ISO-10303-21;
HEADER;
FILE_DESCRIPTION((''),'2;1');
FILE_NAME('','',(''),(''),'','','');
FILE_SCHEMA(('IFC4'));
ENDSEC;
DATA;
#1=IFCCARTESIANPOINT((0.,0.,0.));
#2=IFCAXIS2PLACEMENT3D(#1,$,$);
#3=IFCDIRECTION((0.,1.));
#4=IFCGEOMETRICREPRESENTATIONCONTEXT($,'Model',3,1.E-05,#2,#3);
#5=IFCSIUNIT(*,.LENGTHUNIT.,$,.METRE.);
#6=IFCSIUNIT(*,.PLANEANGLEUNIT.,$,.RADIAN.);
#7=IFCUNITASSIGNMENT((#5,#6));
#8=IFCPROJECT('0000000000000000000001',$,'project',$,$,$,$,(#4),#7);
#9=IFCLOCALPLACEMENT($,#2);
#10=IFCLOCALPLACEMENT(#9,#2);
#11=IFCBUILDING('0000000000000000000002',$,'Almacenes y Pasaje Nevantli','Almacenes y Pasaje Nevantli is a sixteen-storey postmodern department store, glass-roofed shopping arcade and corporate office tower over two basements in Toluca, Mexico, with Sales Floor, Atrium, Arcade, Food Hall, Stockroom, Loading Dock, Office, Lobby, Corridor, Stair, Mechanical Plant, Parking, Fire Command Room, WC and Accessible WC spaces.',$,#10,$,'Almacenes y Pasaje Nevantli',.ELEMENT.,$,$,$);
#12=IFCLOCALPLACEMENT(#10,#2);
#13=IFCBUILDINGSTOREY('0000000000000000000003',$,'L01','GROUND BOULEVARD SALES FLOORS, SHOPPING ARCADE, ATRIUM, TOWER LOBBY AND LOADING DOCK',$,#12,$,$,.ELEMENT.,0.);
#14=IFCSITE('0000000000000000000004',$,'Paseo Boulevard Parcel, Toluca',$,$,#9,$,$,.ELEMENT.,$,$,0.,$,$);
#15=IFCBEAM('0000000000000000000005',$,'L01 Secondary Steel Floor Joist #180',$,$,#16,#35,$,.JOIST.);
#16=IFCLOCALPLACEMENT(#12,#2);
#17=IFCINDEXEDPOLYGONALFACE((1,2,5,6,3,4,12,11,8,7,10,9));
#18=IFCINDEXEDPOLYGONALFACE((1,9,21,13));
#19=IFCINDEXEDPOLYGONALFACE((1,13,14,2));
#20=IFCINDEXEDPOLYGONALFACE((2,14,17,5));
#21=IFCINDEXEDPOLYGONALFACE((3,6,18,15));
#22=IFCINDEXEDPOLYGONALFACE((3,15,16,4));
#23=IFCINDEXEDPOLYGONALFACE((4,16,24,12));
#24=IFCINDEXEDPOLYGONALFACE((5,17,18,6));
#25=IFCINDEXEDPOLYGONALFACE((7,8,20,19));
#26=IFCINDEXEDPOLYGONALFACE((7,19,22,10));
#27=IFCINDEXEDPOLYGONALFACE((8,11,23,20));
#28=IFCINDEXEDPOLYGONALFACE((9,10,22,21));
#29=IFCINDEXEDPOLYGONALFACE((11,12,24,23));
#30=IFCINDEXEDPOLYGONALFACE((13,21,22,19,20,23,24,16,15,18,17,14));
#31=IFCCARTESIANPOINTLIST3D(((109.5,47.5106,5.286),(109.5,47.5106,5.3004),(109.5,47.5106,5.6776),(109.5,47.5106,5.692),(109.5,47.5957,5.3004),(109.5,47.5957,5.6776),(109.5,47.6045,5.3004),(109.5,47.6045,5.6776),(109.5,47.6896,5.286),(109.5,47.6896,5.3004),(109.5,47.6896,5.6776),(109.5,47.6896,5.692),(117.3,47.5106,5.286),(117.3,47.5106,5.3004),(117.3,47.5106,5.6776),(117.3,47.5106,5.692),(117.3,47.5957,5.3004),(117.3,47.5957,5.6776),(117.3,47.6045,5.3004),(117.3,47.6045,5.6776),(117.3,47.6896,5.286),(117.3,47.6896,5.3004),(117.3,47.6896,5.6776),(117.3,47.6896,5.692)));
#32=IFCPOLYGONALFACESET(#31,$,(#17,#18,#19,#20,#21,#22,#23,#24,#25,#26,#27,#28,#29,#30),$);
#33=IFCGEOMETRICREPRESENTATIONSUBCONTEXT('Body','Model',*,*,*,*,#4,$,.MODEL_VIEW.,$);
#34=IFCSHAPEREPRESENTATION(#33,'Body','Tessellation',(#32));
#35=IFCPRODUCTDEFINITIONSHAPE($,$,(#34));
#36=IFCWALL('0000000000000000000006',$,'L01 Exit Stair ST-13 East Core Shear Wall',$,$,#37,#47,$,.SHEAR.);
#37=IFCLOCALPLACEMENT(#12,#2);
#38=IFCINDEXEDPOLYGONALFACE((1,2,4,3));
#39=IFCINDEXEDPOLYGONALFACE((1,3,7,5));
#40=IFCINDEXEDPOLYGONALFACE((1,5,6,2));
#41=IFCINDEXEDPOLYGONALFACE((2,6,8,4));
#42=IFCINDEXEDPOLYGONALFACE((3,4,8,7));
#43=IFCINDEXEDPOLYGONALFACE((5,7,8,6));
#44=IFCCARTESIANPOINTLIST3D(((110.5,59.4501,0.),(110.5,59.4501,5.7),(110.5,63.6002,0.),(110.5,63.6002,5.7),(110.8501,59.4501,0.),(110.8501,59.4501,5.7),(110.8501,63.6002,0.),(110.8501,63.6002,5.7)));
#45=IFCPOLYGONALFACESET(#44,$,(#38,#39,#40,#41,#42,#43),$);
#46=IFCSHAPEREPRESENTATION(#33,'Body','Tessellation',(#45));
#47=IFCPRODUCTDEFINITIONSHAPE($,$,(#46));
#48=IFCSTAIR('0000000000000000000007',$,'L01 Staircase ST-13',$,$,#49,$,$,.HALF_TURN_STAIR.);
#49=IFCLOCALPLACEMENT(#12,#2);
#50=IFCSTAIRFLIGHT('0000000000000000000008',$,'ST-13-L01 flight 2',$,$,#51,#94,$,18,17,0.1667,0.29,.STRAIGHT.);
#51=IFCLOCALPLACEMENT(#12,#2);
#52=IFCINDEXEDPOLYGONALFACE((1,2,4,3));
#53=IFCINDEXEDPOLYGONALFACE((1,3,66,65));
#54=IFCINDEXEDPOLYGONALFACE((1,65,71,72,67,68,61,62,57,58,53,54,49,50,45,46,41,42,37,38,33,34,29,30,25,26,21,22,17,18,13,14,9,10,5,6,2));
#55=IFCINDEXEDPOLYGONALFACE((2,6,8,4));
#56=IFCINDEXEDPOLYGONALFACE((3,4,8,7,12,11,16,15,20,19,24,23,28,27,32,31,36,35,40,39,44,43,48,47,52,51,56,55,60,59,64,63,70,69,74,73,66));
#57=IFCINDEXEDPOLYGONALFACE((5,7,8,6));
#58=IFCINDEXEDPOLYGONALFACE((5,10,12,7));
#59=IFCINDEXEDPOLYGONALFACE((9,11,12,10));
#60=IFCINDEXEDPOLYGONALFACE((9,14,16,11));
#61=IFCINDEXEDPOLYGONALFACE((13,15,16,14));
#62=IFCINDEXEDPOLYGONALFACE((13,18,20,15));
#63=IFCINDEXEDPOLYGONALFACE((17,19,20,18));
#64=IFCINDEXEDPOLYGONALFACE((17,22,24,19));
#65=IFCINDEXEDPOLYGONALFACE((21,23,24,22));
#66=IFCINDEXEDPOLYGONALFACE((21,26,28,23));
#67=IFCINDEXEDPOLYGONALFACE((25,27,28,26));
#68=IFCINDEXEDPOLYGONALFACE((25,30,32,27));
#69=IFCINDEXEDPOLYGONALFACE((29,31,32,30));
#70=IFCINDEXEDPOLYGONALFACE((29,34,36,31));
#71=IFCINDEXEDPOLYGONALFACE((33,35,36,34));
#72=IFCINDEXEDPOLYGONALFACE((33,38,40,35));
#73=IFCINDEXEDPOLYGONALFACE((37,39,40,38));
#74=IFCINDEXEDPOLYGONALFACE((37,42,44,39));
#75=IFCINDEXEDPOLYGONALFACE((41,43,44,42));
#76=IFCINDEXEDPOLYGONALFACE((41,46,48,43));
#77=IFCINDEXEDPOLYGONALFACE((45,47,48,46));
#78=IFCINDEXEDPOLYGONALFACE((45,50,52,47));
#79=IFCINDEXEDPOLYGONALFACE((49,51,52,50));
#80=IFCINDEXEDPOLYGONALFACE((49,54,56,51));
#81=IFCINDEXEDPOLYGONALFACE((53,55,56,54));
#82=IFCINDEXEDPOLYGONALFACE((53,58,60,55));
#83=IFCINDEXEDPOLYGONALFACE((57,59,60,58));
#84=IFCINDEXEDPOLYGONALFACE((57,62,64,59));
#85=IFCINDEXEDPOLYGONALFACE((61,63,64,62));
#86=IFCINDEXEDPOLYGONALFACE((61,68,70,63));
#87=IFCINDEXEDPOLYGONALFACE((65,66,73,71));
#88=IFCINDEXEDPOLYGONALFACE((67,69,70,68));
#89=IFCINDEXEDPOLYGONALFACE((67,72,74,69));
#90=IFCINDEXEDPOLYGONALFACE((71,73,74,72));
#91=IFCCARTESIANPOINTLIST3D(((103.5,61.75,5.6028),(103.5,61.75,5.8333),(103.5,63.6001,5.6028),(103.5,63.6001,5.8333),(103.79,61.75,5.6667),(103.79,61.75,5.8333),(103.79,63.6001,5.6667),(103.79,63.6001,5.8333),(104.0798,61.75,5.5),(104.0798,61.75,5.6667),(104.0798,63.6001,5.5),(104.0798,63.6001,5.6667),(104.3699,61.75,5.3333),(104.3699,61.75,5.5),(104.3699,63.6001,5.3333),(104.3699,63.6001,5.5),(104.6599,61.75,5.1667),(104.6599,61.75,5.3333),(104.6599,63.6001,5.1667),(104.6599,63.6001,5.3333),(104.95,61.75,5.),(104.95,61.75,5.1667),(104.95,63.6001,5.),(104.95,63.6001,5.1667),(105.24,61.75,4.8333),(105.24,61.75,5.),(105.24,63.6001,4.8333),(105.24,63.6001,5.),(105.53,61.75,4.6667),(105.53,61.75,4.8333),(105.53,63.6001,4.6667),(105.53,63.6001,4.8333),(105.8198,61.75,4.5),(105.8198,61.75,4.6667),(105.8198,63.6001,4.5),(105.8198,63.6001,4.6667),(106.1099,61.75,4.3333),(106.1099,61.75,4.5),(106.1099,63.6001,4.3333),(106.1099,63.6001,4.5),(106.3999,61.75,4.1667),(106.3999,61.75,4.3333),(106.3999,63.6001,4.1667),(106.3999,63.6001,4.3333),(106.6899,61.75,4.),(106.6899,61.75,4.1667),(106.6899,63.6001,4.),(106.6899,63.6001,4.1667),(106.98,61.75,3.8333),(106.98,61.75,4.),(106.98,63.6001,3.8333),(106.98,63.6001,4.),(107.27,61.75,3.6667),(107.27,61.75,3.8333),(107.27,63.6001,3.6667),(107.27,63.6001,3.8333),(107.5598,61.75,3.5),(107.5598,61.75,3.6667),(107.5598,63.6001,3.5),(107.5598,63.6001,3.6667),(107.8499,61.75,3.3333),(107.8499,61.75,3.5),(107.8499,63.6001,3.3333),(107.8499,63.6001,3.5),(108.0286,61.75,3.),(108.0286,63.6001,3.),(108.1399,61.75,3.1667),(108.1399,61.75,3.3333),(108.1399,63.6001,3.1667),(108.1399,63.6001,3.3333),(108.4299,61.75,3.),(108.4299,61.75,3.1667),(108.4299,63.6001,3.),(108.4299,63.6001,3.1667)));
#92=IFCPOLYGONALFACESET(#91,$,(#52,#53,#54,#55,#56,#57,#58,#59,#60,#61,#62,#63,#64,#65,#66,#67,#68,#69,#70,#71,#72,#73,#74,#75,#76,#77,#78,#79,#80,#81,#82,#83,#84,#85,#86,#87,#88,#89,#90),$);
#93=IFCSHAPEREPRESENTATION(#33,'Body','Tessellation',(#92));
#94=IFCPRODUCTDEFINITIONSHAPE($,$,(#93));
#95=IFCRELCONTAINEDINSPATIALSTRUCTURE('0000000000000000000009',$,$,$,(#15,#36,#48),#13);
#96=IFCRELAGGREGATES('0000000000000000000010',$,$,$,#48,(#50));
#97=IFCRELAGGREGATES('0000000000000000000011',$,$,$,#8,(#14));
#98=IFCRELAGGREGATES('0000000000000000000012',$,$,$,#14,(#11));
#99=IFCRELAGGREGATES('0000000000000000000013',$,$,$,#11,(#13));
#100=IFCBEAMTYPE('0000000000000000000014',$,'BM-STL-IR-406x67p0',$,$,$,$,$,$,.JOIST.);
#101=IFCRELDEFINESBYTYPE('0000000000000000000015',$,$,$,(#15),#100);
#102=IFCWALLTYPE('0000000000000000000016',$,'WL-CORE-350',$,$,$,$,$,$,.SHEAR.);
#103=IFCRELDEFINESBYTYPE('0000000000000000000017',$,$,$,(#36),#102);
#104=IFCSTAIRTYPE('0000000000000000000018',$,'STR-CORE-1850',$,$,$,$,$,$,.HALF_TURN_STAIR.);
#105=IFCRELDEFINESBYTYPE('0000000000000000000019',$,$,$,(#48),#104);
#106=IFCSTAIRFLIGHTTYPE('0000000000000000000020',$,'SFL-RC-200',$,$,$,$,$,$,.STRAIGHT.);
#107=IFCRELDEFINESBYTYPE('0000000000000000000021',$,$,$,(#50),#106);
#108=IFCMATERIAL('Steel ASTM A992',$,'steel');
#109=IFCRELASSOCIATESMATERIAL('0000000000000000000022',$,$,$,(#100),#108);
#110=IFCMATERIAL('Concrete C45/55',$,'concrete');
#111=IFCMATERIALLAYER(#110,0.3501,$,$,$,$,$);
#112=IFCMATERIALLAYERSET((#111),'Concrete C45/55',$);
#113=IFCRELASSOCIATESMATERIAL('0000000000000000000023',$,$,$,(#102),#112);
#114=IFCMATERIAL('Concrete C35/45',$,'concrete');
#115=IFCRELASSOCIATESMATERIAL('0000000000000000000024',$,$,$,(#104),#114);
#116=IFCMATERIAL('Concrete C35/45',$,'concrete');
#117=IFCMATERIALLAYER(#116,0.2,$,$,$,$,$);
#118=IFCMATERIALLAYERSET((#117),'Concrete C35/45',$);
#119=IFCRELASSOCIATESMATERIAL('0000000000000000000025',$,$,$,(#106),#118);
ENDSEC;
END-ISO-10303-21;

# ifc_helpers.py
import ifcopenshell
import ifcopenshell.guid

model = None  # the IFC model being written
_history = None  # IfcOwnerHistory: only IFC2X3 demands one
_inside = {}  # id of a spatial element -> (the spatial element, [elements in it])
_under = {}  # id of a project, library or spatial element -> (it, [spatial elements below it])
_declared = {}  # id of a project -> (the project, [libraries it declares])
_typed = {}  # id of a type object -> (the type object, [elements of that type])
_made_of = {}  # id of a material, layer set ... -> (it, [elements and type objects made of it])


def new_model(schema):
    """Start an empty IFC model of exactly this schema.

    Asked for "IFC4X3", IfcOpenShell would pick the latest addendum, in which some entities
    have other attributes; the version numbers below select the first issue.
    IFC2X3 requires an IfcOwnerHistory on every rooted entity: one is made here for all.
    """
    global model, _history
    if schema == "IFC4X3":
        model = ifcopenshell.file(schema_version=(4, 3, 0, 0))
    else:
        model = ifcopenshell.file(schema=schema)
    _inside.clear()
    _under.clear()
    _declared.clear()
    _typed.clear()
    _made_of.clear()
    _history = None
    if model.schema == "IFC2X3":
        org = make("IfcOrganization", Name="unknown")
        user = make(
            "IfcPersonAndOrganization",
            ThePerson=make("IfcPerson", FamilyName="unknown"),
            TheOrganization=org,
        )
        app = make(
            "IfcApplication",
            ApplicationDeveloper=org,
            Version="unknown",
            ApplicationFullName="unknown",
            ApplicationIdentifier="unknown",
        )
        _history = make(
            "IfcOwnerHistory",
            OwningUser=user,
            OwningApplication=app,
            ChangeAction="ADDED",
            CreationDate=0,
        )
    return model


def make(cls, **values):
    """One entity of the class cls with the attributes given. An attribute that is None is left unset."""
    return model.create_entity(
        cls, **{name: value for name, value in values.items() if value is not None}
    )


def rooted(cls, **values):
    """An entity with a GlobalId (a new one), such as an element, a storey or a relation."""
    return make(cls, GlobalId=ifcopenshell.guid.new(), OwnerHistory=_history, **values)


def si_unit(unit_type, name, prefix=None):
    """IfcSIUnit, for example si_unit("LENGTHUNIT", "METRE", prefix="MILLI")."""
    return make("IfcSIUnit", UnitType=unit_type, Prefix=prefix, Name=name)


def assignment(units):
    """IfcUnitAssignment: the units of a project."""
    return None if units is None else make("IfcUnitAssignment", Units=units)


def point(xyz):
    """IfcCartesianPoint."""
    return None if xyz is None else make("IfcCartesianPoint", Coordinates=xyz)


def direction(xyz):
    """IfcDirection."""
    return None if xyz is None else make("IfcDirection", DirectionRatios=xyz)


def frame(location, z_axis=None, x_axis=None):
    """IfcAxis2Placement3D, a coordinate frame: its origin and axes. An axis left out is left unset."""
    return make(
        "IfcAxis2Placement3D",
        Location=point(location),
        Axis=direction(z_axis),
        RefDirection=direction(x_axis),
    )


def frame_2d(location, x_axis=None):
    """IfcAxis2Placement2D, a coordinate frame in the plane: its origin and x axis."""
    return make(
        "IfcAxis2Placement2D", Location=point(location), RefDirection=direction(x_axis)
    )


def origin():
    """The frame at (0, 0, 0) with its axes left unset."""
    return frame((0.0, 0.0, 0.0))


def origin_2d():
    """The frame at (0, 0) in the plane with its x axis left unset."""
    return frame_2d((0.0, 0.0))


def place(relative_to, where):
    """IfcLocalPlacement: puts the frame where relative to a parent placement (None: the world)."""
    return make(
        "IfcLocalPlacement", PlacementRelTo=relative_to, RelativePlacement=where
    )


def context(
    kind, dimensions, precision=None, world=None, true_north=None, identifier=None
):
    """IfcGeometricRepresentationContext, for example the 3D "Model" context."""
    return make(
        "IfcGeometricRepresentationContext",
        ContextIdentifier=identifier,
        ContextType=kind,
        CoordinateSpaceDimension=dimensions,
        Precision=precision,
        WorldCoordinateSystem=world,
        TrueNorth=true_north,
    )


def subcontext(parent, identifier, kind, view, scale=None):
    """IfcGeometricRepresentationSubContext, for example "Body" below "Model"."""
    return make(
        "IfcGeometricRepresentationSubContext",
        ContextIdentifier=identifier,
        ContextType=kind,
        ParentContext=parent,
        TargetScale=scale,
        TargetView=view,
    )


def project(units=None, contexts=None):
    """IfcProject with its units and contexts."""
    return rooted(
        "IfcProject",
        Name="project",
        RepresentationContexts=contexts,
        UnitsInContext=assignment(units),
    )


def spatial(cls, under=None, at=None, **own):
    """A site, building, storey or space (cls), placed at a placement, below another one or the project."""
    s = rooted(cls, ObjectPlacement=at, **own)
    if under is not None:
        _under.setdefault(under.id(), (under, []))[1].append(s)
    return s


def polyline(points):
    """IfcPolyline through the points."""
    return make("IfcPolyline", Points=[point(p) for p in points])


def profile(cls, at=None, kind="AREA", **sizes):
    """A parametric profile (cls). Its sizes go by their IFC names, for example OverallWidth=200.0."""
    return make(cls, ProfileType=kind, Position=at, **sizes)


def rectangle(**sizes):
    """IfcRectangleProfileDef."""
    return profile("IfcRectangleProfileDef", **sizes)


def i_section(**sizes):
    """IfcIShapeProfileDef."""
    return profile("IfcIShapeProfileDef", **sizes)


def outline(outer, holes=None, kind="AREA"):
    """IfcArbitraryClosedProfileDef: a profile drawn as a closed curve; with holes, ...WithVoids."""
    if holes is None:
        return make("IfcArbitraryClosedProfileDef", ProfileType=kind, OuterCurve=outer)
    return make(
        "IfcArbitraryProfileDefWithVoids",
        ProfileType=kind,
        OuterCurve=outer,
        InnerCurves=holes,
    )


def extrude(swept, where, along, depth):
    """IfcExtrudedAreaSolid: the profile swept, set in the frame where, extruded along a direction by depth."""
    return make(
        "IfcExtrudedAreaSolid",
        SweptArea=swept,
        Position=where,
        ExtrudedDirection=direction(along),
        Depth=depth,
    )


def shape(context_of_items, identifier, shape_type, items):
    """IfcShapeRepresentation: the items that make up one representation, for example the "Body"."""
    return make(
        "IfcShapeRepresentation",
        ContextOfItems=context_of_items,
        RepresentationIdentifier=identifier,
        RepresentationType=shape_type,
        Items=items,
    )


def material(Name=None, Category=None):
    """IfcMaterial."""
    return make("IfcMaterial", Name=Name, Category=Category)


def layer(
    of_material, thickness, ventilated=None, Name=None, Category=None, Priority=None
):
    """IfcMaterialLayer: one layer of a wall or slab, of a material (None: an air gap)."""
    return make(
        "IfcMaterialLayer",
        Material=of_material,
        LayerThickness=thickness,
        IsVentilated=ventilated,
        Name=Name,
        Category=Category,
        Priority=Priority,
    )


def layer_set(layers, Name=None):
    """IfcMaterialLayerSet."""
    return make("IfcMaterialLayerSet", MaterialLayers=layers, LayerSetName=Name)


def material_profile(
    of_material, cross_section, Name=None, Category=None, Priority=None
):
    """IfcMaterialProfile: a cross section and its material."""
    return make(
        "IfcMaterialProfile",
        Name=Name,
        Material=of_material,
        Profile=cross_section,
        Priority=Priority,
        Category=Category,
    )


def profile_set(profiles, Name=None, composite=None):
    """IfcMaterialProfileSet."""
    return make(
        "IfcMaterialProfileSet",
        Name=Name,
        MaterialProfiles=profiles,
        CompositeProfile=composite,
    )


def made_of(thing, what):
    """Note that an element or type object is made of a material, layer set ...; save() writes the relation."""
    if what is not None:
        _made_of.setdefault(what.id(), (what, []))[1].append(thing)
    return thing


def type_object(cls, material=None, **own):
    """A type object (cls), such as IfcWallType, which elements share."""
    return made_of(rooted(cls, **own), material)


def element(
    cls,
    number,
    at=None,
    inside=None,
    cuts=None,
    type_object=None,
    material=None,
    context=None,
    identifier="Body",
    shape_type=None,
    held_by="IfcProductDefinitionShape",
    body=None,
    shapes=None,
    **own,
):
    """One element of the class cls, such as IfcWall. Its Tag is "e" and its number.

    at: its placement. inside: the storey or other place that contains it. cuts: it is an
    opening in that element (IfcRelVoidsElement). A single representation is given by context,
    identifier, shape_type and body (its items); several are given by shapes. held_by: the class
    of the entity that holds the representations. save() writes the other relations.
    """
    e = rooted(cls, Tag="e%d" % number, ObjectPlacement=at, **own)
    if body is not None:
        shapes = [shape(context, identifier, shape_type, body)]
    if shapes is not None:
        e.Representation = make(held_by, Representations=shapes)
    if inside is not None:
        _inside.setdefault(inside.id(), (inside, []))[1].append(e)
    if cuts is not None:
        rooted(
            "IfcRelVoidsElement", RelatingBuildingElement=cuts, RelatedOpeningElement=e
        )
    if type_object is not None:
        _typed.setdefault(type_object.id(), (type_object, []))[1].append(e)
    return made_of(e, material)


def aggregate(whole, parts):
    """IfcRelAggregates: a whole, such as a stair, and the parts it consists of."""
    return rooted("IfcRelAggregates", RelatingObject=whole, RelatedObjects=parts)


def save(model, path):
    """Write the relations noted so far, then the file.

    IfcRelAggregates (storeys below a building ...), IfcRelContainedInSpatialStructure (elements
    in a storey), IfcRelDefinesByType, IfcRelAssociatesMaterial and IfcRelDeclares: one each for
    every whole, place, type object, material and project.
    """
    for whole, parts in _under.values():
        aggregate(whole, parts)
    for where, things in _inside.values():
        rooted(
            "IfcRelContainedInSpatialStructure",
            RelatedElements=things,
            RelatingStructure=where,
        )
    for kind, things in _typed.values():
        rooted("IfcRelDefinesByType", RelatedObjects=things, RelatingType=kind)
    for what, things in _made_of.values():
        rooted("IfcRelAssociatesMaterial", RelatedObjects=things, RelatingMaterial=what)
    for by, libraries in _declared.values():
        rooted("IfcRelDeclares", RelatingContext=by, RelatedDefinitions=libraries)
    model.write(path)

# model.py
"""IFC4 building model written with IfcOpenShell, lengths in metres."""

from ifc_helpers import new_model, si_unit, direction, frame, frame_2d, origin, origin_2d, place, context, subcontext, project, spatial, polyline, rectangle, i_section, outline, extrude, material, layer, layer_set, material_profile, profile_set, type_object, element, aggregate, save


model = new_model("IFC4")

# Units and contexts
model_context = context("Model", 3, precision=1e-05, world=origin(), true_north=direction((0.0, 1.0)))
body_context = subcontext(model_context, "Body", "Model", "MODEL_VIEW")
ifc_project = project(units=[si_unit("LENGTHUNIT", "METRE"), si_unit("PLANEANGLEUNIT", "RADIAN")], contexts=[model_context])

# Site, building, storey
site_placement = place(None, origin())
site = spatial("IfcSite", under=ifc_project, at=site_placement, Name="Paseo Boulevard Parcel, Toluca", CompositionType="ELEMENT", RefElevation=0.0)
building_placement = place(site_placement, origin())
building = spatial("IfcBuilding", under=site, at=building_placement, Name="Almacenes y Pasaje Nevantli", Description="Almacenes y Pasaje Nevantli is a sixteen-storey postmodern department store, glass-roofed shopping arcade and corporate office tower over two basements in Toluca, Mexico, with Sales Floor, Atrium, Arcade, Food Hall, Stockroom, Loading Dock, Office, Lobby, Corridor, Stair, Mechanical Plant, Parking, Fire Command Room, WC and Accessible WC spaces.", LongName="Almacenes y Pasaje Nevantli", CompositionType="ELEMENT")
storey_placement = place(building_placement, origin())
storey = spatial("IfcBuildingStorey", under=building, at=storey_placement, Name="L01", Description="GROUND BOULEVARD SALES FLOORS, SHOPPING ARCADE, ATRIUM, TOWER LOBBY AND LOADING DOCK", CompositionType="ELEMENT", Elevation=0.0)

# Beam
ifc_material_1 = material(Name="Steel ASTM A992", Category="steel")
ifc_material_profile_1 = material_profile(ifc_material_1, i_section(OverallWidth=0.179, OverallDepth=0.406, WebThickness=0.0088, FlangeThickness=0.0144, at=origin_2d()), Name="IR 406x67.0")
ifc_profile_set_1 = profile_set([ifc_material_profile_1], Name="Steel ASTM A992")
beam_type_1 = type_object("IfcBeamType", Name="BM-STL-IR-406x67p0", PredefinedType="JOIST", material=ifc_profile_set_1)
beam_1_placement = place(storey_placement, frame((109.5, 47.6001, 5.489), z_axis=(1.0, 0.0, 0.0), x_axis=(0.0, 1.0, 0.0)))
element("IfcBeam", 1, at=beam_1_placement, inside=storey, type_object=beam_type_1, Name="L01 Secondary Steel Floor Joist #180", PredefinedType="JOIST", context=body_context, shape_type="SweptSolid", body=[
    extrude(i_section(OverallWidth=0.179, OverallDepth=0.406, WebThickness=0.0088, FlangeThickness=0.0144, at=origin_2d()), origin(), (0.0, 0.0, 1.0), 7.8),
])

# Wall
ifc_material_2 = material(Name="Concrete C45/55", Category="concrete")
ifc_layer_1 = layer(ifc_material_2, 0.3501)
ifc_layer_set_1 = layer_set([ifc_layer_1], Name="Concrete C45/55")
wall_type = type_object("IfcWallType", Name="WL-CORE-350", PredefinedType="SHEAR", material=ifc_layer_set_1)
wall_placement = place(storey_placement, frame((110.675, 59.45, 0.0), z_axis=(0.0, 0.0, 1.0), x_axis=(0.0, 1.0, 0.0)))
element("IfcWall", 2, at=wall_placement, inside=storey, type_object=wall_type, Name="L01 Exit Stair ST-13 East Core Shear Wall", PredefinedType="SHEAR", context=body_context, shape_type="SweptSolid", body=[
    extrude(rectangle(XDim=4.1501, YDim=0.3501, at=frame_2d((2.0752, 0.0))), origin(), (0.0, 0.0, 1.0), 5.7),
])

# Stair, stair flight
ifc_material_3 = material(Name="Concrete C35/45", Category="concrete")
stair_type = type_object("IfcStairType", Name="STR-CORE-1850", PredefinedType="HALF_TURN_STAIR", material=ifc_material_3)
stair_placement = place(storey_placement, origin())
stair = element("IfcStair", 3, at=stair_placement, inside=storey, type_object=stair_type, Name="L01 Staircase ST-13", PredefinedType="HALF_TURN_STAIR")
ifc_material_4 = material(Name="Concrete C35/45", Category="concrete")
ifc_layer_2 = layer(ifc_material_4, 0.2)
ifc_layer_set_2 = layer_set([ifc_layer_2], Name="Concrete C35/45")
stair_flight_type = type_object("IfcStairFlightType", Name="SFL-RC-200", PredefinedType="STRAIGHT", material=ifc_layer_set_2)
stair_flight_placement = place(storey_placement, frame((108.4299, 62.675, 3.0), z_axis=(0.0, 0.0, 1.0), x_axis=(-1.0, 0.0, 0.0)))
stair_flight = element("IfcStairFlight", 4, at=stair_flight_placement, type_object=stair_flight_type, Name="ST-13-L01 flight 2", NumberOfRisers=18, NumberOfTreads=17, PredefinedType="STRAIGHT", RiserHeight=0.1667, TreadLength=0.29, context=body_context, shape_type="SweptSolid", body=[
    extrude(outline(polyline([(0.0, 0.0), (0.0, 0.1667), (0.29, 0.1667), (0.29, 0.3333), (0.5801, 0.3333), (0.5801, 0.5), (0.8701, 0.5), (0.8701, 0.6667), (1.1599, 0.6667), (1.1599, 0.8333), (1.45, 0.8333), (1.45, 1.0), (1.74, 1.0), (1.74, 1.1667), (2.03, 1.1667), (2.03, 1.3333), (2.3201, 1.3333), (2.3201, 1.5), (2.6101, 1.5), (2.6101, 1.6667), (2.8999, 1.6667), (2.8999, 1.8333), (3.1899, 1.8333), (3.1899, 2.0), (3.48, 2.0), (3.48, 2.1667), (3.77, 2.1667), (3.77, 2.3333), (4.0601, 2.3333), (4.0601, 2.5), (4.3501, 2.5), (4.3501, 2.6667), (4.6399, 2.6667), (4.6399, 2.8333), (4.9299, 2.8333), (4.9299, 3.0), (4.9299, 2.6028), (0.4014, 0.0), (0.0, 0.0)])), frame((0.0, 0.925, 0.0), z_axis=(0.0, -1.0, 0.0), x_axis=(1.0, 0.0, 0.0)), (0.0, 0.0, 1.0), 1.8501),
])
aggregate(stair, [stair_flight])

save(model, "model.ifc")
